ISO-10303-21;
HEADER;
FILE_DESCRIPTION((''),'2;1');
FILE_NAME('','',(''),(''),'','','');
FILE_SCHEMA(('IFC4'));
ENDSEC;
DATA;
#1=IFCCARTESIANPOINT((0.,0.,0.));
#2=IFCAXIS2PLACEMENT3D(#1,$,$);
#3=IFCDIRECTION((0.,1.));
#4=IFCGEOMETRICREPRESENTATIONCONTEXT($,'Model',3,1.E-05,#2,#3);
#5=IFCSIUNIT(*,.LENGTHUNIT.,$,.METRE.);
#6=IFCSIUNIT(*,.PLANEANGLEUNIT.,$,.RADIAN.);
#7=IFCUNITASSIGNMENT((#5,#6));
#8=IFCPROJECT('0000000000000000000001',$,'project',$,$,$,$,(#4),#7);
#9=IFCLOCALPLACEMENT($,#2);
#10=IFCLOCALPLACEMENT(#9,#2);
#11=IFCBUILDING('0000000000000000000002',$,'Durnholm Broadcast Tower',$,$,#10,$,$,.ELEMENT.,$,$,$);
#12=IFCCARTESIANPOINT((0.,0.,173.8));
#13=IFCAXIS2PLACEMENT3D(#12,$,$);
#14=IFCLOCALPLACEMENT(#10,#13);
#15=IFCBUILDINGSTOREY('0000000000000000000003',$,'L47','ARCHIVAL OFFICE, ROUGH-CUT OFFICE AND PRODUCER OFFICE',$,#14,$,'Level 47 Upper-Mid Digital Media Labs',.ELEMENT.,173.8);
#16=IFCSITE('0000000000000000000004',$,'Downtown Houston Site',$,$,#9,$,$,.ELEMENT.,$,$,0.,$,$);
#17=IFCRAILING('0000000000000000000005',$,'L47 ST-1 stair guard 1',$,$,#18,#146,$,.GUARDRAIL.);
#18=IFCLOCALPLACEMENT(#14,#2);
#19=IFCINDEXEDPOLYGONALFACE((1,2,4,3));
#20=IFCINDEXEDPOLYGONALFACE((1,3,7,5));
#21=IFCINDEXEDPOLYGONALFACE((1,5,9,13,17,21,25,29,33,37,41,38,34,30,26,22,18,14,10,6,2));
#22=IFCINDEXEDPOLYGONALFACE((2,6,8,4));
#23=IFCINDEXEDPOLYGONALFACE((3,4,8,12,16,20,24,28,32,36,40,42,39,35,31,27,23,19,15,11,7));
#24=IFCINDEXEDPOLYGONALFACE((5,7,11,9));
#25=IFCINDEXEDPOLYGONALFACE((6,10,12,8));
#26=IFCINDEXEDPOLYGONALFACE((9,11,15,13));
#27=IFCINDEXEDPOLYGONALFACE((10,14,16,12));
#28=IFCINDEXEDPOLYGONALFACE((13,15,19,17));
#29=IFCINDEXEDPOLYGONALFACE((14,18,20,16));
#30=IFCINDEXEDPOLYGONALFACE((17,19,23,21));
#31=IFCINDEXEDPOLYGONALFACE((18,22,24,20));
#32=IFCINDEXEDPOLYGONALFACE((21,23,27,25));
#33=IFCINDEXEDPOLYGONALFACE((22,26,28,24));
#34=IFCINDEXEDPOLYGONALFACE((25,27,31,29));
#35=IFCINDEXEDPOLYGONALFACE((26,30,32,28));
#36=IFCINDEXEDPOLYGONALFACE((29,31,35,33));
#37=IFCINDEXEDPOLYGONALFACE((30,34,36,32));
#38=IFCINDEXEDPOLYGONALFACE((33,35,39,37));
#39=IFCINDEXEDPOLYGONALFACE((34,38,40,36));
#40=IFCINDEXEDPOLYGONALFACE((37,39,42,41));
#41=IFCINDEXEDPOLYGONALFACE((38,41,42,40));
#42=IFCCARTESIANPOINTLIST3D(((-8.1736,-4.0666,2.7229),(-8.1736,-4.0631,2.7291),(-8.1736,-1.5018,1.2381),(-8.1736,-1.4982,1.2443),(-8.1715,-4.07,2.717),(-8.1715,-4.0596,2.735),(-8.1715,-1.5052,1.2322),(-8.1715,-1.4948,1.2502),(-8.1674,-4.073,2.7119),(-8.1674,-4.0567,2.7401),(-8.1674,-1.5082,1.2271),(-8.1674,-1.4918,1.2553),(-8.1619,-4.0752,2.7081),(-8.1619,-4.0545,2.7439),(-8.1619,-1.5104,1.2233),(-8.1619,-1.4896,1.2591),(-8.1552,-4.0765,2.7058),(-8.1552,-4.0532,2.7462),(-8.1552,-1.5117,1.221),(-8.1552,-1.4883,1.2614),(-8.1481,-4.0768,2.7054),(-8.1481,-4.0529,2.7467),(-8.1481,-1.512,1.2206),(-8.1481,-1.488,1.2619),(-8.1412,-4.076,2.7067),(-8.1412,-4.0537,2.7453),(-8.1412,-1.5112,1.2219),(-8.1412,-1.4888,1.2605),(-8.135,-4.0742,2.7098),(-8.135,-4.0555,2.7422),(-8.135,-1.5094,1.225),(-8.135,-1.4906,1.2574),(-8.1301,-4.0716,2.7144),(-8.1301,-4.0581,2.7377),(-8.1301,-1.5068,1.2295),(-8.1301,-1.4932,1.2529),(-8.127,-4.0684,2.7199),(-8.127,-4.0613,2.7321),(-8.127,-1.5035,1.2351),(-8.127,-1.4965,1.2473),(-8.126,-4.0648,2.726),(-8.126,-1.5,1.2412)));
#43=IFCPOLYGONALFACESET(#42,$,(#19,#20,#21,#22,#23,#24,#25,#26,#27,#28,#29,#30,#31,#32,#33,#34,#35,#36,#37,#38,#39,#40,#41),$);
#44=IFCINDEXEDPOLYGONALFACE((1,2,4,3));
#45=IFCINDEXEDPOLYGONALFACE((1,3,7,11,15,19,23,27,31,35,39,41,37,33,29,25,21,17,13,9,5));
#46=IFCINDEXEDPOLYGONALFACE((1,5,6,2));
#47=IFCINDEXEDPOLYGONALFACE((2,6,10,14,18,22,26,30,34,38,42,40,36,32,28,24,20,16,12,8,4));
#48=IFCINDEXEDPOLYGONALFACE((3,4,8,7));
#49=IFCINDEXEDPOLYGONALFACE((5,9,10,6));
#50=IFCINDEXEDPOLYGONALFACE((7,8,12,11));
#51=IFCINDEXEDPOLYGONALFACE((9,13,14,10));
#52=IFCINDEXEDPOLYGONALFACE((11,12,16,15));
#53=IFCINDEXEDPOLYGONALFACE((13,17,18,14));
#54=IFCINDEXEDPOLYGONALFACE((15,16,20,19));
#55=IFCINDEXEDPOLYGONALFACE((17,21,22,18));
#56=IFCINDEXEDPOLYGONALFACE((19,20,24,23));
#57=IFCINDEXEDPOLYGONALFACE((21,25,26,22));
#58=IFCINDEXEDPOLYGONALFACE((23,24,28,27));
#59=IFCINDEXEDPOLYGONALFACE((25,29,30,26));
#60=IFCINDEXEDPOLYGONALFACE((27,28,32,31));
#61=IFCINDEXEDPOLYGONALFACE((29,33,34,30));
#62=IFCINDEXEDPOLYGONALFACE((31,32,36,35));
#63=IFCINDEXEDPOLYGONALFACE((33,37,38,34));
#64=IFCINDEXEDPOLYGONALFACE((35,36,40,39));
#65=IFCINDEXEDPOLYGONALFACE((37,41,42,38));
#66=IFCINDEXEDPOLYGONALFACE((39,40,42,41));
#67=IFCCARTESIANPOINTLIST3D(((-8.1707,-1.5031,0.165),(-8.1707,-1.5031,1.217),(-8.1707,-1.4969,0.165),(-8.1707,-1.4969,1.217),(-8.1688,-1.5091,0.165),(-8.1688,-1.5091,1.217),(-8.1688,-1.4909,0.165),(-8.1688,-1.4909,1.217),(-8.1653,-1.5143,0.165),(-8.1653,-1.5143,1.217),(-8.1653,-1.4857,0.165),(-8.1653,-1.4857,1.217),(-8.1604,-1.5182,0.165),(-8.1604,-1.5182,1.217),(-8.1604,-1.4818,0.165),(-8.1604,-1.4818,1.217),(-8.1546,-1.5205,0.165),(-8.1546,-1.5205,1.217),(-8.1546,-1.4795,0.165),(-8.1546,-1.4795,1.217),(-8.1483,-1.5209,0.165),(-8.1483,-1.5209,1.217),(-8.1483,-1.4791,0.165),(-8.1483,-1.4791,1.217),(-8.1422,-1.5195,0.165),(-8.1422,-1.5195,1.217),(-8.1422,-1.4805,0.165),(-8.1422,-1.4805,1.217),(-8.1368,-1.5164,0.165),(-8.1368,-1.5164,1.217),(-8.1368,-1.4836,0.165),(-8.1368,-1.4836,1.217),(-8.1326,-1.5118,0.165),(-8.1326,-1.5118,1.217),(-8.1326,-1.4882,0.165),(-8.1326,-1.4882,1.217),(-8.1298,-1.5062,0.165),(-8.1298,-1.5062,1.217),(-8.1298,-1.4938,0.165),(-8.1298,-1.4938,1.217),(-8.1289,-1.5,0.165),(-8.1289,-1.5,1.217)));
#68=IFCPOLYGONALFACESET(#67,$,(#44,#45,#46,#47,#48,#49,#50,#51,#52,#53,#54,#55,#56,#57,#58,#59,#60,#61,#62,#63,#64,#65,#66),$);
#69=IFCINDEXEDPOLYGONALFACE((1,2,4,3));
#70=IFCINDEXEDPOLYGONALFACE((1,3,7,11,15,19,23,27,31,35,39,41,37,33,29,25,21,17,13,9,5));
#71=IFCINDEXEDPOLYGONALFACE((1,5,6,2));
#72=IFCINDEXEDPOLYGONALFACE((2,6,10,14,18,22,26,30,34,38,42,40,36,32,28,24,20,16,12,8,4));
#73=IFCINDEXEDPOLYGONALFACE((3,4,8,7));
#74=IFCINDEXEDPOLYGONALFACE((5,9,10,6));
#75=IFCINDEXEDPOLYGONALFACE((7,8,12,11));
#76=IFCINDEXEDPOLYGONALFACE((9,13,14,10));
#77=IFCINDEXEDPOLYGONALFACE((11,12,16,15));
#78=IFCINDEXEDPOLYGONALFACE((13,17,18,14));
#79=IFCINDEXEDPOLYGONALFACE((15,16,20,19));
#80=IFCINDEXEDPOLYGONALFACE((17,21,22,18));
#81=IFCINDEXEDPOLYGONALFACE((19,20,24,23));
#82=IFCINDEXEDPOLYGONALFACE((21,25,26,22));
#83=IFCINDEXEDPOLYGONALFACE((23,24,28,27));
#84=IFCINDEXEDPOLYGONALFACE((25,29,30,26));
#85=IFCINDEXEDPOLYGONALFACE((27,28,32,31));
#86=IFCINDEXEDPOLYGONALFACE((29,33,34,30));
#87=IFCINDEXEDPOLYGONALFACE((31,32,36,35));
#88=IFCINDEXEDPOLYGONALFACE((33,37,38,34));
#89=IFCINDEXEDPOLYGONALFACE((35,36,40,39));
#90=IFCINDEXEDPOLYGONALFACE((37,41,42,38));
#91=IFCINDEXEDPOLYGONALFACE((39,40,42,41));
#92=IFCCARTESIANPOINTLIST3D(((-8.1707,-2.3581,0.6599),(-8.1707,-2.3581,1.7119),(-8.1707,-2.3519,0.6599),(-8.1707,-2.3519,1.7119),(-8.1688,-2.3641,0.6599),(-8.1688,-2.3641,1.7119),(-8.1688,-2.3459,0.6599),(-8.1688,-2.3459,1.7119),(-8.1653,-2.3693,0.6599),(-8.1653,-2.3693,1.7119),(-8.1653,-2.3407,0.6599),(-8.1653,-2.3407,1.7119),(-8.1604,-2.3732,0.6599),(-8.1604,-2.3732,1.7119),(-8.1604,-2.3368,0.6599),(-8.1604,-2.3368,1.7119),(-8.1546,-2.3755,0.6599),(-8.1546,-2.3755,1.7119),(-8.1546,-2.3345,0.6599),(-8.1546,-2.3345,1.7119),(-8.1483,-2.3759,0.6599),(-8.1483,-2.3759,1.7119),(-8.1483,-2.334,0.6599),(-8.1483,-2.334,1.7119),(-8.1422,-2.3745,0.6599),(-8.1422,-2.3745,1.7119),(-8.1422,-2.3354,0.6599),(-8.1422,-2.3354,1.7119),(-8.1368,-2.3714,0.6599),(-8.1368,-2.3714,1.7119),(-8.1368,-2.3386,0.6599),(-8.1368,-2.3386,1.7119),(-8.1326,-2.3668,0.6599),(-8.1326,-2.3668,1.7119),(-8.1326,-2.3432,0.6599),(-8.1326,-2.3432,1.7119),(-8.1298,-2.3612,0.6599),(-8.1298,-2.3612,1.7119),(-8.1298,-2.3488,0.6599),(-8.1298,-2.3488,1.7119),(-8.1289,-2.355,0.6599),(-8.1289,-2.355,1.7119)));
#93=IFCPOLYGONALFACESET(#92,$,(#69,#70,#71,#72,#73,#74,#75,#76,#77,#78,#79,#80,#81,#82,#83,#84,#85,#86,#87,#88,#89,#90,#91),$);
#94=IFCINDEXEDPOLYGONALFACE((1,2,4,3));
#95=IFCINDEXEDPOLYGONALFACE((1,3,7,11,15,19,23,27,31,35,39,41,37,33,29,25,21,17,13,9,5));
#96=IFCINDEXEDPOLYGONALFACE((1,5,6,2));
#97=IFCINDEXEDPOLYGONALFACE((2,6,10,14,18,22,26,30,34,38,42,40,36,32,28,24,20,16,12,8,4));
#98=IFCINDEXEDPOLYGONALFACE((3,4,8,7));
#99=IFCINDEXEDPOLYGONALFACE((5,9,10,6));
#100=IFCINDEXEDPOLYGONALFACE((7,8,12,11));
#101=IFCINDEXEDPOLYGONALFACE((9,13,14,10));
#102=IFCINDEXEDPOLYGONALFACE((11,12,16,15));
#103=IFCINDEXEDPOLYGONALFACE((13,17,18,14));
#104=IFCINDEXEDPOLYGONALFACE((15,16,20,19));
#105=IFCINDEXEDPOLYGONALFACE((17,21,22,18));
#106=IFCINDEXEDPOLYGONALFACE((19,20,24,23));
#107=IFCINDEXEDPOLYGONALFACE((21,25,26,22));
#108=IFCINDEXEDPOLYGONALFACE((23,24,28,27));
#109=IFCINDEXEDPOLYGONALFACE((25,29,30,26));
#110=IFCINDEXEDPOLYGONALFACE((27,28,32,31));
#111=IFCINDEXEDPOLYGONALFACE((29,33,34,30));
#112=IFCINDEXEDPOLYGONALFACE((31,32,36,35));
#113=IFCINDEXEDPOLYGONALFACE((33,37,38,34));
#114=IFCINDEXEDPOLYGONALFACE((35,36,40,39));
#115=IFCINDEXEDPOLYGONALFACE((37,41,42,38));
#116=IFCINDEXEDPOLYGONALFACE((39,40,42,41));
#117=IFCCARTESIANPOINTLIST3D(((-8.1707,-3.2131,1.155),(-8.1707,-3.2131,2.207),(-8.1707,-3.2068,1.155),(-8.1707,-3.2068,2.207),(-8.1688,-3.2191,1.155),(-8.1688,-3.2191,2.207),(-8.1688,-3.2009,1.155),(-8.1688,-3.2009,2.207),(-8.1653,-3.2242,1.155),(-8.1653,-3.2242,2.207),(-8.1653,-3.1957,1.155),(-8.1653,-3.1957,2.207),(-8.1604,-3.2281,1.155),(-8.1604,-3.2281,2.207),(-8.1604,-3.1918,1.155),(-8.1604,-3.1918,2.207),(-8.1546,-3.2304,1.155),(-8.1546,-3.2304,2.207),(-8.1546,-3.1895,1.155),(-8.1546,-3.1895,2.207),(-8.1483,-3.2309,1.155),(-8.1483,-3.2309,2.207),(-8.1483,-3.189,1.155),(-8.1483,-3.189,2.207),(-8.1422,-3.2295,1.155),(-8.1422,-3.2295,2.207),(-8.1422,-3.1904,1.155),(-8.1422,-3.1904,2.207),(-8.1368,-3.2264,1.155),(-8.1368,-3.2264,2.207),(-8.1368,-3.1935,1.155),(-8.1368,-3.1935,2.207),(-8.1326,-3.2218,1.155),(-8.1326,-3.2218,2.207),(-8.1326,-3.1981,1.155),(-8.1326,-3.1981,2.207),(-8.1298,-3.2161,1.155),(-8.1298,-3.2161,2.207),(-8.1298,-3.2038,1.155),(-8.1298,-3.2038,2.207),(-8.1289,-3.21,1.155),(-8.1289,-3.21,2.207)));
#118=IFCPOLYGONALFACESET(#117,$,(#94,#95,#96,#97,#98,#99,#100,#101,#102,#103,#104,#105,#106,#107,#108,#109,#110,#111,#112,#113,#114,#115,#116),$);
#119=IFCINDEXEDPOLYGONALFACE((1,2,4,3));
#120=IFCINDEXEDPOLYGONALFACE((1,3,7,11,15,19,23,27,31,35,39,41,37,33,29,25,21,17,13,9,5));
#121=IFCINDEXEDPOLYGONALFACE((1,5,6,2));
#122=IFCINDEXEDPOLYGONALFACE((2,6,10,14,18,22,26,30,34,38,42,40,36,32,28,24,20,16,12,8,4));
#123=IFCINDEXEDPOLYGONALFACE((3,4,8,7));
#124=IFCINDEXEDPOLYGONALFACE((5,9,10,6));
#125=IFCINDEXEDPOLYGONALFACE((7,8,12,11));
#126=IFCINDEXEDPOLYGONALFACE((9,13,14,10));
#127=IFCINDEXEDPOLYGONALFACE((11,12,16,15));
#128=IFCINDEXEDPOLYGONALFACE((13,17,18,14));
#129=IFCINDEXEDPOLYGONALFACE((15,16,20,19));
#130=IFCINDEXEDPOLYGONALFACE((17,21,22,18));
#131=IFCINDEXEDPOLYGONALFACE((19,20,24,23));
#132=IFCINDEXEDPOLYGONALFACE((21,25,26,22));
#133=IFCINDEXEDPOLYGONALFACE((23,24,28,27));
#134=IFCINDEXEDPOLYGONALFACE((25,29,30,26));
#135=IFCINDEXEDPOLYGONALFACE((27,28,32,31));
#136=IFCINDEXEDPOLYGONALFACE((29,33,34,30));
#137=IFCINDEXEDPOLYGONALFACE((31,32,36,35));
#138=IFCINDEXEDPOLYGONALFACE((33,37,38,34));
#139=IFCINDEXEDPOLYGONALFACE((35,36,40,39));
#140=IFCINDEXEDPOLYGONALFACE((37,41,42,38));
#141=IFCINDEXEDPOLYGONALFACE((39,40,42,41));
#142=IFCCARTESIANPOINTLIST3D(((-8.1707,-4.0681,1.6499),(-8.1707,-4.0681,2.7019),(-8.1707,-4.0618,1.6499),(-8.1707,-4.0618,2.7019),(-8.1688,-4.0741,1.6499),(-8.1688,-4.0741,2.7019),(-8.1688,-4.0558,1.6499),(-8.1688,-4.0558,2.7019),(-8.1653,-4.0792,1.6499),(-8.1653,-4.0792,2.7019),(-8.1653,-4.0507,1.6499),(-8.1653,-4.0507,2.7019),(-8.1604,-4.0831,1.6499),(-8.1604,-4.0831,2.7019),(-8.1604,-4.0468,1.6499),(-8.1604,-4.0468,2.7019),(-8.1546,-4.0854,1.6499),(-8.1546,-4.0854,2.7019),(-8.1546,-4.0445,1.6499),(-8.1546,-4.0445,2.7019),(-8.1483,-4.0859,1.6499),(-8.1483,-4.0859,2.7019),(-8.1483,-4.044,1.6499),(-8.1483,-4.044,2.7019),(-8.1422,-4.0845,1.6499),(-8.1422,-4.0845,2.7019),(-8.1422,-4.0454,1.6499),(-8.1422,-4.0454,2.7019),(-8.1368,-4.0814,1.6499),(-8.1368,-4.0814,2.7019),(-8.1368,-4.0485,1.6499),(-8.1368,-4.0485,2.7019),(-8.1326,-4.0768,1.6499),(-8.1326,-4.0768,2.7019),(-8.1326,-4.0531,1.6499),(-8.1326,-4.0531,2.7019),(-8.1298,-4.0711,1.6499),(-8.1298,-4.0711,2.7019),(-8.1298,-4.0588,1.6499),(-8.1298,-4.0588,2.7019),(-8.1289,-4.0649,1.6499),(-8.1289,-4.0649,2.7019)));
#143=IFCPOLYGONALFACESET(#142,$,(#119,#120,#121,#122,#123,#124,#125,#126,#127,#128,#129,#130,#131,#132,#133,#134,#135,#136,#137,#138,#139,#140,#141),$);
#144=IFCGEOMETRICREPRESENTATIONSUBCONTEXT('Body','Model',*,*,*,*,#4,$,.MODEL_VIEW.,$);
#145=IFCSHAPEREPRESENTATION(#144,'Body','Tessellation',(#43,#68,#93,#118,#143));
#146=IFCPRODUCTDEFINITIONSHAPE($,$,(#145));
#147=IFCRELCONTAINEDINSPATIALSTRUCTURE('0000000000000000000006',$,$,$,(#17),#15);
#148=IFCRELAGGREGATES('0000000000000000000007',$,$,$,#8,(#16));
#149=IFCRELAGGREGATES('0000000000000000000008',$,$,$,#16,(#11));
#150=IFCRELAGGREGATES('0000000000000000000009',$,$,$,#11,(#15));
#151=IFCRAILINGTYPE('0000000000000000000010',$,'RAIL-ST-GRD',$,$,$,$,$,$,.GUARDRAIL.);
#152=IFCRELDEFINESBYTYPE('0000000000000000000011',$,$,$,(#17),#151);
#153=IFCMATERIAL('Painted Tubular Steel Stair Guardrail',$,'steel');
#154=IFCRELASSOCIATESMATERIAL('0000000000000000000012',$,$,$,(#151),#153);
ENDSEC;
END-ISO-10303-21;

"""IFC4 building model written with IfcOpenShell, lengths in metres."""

from ifc_helpers import new_model, si_unit, direction, frame, origin, origin_2d, place, context, subcontext, project, spatial, circle, extrude, material, type_object, element, save


model = new_model("IFC4")

# Units and contexts
model_context = context("Model", 3, precision=1e-05, world=origin(), true_north=direction((0.0, 1.0)))
body_context = subcontext(model_context, "Body", "Model", "MODEL_VIEW")
ifc_project = project(units=[si_unit("LENGTHUNIT", "METRE"), si_unit("PLANEANGLEUNIT", "RADIAN")], contexts=[model_context])

# Site, building, storey
site_placement = place(None, origin())
site = spatial("IfcSite", under=ifc_project, at=site_placement, Name="Downtown Houston Site", CompositionType="ELEMENT", RefElevation=0.0)
building_placement = place(site_placement, origin())
building = spatial("IfcBuilding", under=site, at=building_placement, Name="Durnholm Broadcast Tower", CompositionType="ELEMENT")
storey_placement = place(building_placement, frame((0.0, 0.0, 173.8)))
storey = spatial("IfcBuildingStorey", under=building, at=storey_placement, Name="L47", Description="ARCHIVAL OFFICE, ROUGH-CUT OFFICE AND PRODUCER OFFICE", LongName="Level 47 Upper-Mid Digital Media Labs", CompositionType="ELEMENT", Elevation=173.8)

# Railing
ifc_material_1 = material(Name="Painted Tubular Steel Stair Guardrail", Category="steel")
railing_type_1 = type_object("IfcRailingType", Name="RAIL-ST-GRD", PredefinedType="GUARDRAIL", material=ifc_material_1)
railing_1_placement = place(storey_placement, frame((-8.1499, -1.5, 0.165)))
element("IfcRailing", 1, at=railing_1_placement, inside=storey, type_object=railing_type_1, Name="L47 ST-1 stair guard 1", PredefinedType="GUARDRAIL", context=body_context, shape_type="SweptSolid", body=[
    extrude(circle(Radius=0.0239, at=origin_2d()), frame((0.0, 0.0, 1.0762), z_axis=(0.0, -0.865441, 0.50101), x_axis=(1.0, 0.0, 0.0)), (0.0, 0.0, 1.0), 2.9636),
    extrude(circle(Radius=0.021, at=origin_2d()), origin(), (0.0, 0.0, 1.0), 1.052),
    extrude(circle(Radius=0.021, at=origin_2d()), frame((0.0, -0.855, 0.4949)), (0.0, 0.0, 1.0), 1.052),
    extrude(circle(Radius=0.021, at=origin_2d()), frame((0.0, -1.71, 0.99)), (0.0, 0.0, 1.0), 1.052),
    extrude(circle(Radius=0.021, at=origin_2d()), frame((0.0, -2.5649, 1.4849)), (0.0, 0.0, 1.0), 1.052),
])

save(model, "model.ifc")
